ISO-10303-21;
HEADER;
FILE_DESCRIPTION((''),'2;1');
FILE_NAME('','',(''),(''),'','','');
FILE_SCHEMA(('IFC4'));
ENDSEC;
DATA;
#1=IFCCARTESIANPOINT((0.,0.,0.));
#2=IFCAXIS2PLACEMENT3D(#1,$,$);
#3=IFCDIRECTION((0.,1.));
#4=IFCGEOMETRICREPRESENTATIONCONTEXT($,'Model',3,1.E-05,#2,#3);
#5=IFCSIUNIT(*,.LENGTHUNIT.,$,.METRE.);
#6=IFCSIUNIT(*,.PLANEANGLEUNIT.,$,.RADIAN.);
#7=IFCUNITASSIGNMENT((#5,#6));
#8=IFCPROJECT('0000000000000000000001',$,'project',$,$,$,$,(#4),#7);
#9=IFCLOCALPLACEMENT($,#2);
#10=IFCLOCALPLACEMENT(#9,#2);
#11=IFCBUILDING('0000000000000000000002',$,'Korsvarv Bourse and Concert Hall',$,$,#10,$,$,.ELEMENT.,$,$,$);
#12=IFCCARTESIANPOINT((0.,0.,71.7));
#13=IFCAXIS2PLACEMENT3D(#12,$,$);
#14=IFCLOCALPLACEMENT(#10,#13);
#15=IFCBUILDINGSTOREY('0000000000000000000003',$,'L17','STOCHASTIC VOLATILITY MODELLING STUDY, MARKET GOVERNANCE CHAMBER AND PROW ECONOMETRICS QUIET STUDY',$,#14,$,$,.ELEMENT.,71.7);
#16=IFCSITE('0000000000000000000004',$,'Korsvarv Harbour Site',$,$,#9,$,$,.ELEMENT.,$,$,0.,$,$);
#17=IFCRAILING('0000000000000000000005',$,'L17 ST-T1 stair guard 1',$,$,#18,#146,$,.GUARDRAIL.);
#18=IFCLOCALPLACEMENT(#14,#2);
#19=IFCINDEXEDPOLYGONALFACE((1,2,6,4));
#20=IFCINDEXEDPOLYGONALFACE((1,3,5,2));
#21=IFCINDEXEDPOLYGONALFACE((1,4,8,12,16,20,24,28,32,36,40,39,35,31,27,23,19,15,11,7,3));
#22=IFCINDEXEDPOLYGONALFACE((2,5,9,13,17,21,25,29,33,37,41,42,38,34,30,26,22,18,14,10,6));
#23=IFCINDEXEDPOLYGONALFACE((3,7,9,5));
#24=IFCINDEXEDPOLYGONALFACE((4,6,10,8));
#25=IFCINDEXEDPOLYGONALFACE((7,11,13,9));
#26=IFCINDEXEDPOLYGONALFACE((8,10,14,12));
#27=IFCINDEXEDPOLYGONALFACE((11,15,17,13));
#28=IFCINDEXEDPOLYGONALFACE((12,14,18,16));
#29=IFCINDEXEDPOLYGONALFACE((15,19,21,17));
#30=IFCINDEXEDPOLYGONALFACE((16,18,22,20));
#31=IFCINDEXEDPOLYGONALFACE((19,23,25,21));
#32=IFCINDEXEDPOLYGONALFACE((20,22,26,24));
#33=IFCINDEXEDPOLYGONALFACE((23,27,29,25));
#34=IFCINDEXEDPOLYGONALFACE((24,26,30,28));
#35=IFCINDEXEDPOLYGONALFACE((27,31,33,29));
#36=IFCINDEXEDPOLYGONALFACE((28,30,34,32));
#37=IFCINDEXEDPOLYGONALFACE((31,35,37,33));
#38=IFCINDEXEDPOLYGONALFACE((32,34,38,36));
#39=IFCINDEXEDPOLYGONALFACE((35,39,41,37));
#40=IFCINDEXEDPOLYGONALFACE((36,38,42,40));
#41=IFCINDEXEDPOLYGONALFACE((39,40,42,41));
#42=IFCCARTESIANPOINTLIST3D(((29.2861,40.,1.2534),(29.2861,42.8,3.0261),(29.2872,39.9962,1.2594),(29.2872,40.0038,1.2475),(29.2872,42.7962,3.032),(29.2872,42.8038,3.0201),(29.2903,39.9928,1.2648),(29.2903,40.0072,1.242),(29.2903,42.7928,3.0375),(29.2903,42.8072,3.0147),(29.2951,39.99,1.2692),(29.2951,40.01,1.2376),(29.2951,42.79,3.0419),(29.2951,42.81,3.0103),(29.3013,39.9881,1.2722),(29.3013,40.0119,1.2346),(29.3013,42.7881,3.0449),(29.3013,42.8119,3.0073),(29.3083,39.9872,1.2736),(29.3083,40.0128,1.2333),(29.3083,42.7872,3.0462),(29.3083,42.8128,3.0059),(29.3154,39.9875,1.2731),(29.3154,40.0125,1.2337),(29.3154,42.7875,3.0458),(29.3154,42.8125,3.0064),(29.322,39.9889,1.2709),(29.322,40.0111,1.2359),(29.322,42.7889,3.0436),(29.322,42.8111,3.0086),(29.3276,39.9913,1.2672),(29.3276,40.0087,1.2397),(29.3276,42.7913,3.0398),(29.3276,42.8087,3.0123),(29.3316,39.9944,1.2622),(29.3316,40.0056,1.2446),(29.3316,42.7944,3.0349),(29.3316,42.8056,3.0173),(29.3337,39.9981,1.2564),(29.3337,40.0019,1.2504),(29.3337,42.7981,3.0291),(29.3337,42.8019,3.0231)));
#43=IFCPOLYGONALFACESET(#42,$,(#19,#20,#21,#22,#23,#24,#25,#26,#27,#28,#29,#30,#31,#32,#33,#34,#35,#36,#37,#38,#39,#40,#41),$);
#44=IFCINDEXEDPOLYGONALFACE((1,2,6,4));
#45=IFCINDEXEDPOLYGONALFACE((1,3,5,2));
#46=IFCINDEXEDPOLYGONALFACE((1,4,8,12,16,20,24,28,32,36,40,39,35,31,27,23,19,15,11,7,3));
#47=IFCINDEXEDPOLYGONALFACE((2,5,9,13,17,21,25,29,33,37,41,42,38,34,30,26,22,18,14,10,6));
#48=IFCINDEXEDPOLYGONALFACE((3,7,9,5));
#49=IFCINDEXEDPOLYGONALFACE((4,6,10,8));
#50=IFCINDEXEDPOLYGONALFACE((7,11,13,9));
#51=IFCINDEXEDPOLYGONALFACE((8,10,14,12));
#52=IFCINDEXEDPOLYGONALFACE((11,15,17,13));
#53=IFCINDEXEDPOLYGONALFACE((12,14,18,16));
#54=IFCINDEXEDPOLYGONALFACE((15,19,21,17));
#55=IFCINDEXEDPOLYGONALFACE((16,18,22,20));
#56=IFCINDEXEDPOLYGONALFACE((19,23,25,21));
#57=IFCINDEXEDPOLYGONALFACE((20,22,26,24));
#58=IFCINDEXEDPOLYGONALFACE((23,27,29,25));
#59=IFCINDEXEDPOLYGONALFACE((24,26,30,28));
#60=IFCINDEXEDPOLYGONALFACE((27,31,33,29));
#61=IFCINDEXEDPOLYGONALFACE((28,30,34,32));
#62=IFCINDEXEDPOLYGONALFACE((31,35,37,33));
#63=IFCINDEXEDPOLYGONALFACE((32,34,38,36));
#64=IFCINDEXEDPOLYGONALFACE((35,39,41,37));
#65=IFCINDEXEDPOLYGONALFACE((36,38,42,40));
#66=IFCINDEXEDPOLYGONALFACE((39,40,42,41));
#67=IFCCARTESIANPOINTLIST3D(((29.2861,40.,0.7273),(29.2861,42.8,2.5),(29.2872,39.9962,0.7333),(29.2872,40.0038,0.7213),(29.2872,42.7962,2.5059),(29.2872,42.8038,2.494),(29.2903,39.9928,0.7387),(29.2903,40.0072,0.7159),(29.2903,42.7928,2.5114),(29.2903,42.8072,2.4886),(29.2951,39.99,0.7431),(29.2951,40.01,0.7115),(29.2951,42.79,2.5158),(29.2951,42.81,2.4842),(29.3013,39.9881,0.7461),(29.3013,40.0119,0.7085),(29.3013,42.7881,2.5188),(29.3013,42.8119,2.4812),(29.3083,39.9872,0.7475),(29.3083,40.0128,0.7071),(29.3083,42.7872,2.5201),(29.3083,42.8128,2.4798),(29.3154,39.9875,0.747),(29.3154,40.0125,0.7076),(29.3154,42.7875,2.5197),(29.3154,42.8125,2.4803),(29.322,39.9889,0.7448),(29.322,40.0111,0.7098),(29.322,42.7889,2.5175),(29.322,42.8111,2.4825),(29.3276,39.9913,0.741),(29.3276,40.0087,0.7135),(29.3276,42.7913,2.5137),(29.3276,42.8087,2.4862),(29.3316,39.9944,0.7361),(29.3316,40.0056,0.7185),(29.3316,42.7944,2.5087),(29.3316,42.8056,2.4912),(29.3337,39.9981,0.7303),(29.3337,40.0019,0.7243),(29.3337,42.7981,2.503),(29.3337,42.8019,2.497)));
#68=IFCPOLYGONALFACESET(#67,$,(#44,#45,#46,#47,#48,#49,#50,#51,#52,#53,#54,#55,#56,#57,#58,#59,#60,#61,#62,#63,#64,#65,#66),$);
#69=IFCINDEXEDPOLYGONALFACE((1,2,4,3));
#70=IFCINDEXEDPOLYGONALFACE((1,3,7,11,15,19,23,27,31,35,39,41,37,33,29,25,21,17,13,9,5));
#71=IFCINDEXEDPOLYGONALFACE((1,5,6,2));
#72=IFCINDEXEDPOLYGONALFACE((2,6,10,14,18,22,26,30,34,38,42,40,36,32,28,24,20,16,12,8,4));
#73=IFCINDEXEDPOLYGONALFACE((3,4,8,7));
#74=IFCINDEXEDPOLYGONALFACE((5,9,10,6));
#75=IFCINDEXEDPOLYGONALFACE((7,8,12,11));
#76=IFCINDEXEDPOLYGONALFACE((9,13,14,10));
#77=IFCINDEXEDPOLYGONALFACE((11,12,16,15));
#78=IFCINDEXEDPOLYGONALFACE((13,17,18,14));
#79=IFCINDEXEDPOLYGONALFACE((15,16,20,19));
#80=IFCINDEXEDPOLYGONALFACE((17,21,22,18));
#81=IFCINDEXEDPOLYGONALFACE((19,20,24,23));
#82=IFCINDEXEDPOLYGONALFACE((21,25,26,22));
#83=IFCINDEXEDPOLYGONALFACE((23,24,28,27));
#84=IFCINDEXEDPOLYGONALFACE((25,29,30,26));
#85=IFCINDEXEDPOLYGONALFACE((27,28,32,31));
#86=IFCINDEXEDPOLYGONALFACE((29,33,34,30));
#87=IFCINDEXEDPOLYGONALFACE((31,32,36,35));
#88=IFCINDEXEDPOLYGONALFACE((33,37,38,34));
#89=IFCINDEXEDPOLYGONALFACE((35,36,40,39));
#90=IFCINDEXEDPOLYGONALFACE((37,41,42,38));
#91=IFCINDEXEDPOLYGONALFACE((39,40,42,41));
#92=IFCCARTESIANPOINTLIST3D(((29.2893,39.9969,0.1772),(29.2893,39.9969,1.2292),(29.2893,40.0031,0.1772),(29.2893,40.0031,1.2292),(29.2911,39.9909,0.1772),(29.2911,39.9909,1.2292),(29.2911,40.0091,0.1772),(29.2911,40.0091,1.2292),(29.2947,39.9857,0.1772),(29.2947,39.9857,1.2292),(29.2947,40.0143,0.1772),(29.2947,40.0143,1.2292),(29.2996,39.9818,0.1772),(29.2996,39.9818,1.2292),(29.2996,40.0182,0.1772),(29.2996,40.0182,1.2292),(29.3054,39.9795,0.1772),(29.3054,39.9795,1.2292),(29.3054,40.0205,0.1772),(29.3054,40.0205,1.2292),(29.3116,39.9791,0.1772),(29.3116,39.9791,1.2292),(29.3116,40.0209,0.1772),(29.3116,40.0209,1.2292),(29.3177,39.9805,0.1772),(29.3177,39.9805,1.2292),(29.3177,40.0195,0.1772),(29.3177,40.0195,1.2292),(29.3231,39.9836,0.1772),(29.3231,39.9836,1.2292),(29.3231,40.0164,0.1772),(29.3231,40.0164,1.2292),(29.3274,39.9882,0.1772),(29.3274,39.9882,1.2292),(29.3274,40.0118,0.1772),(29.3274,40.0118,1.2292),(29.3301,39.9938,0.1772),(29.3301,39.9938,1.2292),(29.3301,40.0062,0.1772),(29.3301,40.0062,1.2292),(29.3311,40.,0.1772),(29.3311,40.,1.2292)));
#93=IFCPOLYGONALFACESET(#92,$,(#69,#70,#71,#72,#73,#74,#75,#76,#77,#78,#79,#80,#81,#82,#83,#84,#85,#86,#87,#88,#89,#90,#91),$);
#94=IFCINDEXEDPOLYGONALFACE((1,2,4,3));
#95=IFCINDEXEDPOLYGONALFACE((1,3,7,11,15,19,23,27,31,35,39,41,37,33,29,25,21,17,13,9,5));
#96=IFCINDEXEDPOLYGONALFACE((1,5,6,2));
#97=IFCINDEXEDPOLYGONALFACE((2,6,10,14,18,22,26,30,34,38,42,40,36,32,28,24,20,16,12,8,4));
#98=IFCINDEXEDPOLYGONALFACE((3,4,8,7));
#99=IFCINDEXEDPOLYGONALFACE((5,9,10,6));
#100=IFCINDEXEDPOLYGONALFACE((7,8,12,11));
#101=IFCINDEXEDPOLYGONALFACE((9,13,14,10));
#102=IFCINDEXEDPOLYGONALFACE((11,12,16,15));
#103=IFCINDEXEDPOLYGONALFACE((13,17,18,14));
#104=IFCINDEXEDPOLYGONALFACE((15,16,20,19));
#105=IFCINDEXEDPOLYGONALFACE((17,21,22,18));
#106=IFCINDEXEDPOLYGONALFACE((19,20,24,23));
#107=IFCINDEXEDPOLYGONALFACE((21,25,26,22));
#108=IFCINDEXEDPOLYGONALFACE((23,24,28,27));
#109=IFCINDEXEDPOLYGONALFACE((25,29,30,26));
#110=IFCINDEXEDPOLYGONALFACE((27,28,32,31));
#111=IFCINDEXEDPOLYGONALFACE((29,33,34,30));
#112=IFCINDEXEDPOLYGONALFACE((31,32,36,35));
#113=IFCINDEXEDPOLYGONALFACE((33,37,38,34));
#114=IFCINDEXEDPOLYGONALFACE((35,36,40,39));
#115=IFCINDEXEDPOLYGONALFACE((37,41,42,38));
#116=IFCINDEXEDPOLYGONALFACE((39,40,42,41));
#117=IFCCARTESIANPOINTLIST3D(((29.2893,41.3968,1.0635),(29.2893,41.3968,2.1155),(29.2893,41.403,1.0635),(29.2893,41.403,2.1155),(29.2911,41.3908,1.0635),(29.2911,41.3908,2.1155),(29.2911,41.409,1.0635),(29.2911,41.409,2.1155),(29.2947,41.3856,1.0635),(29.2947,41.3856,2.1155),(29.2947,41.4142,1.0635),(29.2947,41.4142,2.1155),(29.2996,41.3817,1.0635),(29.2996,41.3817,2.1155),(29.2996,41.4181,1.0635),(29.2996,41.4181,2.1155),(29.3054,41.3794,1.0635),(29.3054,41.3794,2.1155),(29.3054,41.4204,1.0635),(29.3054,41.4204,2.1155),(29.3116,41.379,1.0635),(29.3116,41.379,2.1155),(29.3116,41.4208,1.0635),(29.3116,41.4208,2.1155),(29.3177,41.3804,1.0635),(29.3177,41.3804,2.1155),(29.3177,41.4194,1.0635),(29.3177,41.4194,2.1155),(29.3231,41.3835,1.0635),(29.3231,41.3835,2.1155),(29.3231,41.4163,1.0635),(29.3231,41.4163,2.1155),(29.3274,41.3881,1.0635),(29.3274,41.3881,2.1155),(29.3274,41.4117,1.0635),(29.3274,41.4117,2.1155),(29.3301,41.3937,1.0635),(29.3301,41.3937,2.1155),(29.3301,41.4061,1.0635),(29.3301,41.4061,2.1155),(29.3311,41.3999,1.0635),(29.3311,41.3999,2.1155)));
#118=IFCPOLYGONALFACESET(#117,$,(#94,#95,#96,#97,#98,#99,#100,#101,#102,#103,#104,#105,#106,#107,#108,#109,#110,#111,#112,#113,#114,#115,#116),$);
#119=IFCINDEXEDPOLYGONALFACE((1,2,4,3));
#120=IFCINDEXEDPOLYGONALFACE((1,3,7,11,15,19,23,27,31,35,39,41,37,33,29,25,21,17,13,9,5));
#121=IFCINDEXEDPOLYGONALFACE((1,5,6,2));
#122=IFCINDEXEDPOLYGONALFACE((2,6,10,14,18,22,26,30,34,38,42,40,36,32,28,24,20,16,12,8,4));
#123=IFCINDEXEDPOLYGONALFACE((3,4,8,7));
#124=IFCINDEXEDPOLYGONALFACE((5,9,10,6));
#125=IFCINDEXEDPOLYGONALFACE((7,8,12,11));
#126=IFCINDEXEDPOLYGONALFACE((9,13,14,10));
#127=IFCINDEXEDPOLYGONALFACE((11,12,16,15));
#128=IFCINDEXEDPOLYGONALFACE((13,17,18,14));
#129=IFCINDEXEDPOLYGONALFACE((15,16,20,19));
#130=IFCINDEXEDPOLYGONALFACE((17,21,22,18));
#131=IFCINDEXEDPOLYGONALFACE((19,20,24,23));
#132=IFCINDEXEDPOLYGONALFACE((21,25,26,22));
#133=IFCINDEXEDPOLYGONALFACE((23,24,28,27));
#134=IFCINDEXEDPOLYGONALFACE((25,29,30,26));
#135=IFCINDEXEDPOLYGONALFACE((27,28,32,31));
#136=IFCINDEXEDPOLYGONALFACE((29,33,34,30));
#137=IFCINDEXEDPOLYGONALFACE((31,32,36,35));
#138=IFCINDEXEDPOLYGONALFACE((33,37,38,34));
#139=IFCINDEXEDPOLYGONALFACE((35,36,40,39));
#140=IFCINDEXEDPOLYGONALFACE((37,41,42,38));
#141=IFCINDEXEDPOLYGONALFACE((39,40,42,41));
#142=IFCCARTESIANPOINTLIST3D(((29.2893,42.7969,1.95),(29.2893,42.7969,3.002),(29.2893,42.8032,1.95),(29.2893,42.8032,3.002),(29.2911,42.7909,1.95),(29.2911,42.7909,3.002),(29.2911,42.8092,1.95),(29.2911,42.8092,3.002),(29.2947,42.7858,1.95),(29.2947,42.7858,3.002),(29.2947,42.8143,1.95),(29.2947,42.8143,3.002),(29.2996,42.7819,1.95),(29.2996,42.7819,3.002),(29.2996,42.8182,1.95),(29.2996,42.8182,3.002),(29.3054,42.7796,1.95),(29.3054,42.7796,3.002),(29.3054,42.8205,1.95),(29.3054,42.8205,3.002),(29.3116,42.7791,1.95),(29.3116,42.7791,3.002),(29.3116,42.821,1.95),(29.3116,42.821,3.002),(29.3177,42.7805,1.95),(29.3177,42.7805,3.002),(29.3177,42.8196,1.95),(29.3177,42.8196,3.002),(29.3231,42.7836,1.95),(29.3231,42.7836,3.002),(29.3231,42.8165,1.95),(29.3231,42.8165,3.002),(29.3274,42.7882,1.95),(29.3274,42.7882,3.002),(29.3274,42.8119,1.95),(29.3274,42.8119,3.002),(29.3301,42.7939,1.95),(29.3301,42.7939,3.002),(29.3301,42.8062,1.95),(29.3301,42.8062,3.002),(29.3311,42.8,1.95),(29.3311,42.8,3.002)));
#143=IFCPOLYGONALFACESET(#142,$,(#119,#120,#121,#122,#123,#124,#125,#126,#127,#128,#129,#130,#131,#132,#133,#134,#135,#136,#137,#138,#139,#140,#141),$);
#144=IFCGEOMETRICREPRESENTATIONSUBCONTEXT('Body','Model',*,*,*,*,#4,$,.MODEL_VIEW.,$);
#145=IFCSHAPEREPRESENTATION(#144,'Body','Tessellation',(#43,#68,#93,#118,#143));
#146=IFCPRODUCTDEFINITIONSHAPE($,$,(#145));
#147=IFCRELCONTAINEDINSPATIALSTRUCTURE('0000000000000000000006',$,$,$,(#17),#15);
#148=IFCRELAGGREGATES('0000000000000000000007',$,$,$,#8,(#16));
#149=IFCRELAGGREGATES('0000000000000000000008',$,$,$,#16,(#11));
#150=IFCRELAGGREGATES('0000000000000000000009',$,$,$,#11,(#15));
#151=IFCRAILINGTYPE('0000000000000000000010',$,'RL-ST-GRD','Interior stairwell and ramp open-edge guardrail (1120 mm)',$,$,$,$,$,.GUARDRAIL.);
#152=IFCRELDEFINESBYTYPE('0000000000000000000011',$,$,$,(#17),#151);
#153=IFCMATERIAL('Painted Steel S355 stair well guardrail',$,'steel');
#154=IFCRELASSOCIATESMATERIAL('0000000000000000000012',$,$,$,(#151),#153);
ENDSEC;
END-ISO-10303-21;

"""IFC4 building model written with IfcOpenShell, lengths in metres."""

from ifc_helpers import new_model, si_unit, direction, frame, origin, origin_2d, place, context, subcontext, project, spatial, circle, extrude, material, type_object, element, save


model = new_model("IFC4")

# Units and contexts
model_context = context("Model", 3, precision=1e-05, world=origin(), true_north=direction((0.0, 1.0)))
body_context = subcontext(model_context, "Body", "Model", "MODEL_VIEW")
ifc_project = project(units=[si_unit("LENGTHUNIT", "METRE"), si_unit("PLANEANGLEUNIT", "RADIAN")], contexts=[model_context])

# Site, building, storey
site_placement = place(None, origin())
site = spatial("IfcSite", under=ifc_project, at=site_placement, Name="Korsvarv Harbour Site", CompositionType="ELEMENT", RefElevation=0.0)
building_placement = place(site_placement, origin())
building = spatial("IfcBuilding", under=site, at=building_placement, Name="Korsvarv Bourse and Concert Hall", CompositionType="ELEMENT")
storey_placement = place(building_placement, frame((0.0, 0.0, 71.7)))
storey = spatial("IfcBuildingStorey", under=building, at=storey_placement, Name="L17", Description="STOCHASTIC VOLATILITY MODELLING STUDY, MARKET GOVERNANCE CHAMBER AND PROW ECONOMETRICS QUIET STUDY", CompositionType="ELEMENT", Elevation=71.7)

# Railing
ifc_material_1 = material(Name="Painted Steel S355 stair well guardrail", Category="steel")
railing_type = type_object("IfcRailingType", Name="RL-ST-GRD", Description="Interior stairwell and ramp open-edge guardrail (1120 mm)", PredefinedType="GUARDRAIL", material=ifc_material_1)
railing_placement = place(storey_placement, frame((29.3101, 40.0, 0.1772)))
element("IfcRailing", 1, at=railing_placement, inside=storey, type_object=railing_type, Name="L17 ST-T1 stair guard 1", PredefinedType="GUARDRAIL", context=body_context, shape_type="SweptSolid", body=[
    extrude(circle(Radius=0.0239, at=origin_2d()), frame((0.0, 0.0, 1.0762), z_axis=(0.0, 0.844909, 0.53491), x_axis=(-1.0, 0.0, 0.0)), (0.0, 0.0, 1.0), 3.314),
    extrude(circle(Radius=0.0239, at=origin_2d()), frame((0.0, 0.0, 0.55), z_axis=(0.0, 0.844909, 0.53491), x_axis=(-1.0, 0.0, 0.0)), (0.0, 0.0, 1.0), 3.314),
    extrude(circle(Radius=0.021, at=origin_2d()), origin(), (0.0, 0.0, 1.0), 1.052),
    extrude(circle(Radius=0.021, at=origin_2d()), frame((0.0, 1.3999, 0.8862)), (0.0, 0.0, 1.0), 1.052),
    extrude(circle(Radius=0.021, at=origin_2d()), frame((0.0, 2.8, 1.7727)), (0.0, 0.0, 1.0), 1.052),
])

save(model, "model.ifc")
